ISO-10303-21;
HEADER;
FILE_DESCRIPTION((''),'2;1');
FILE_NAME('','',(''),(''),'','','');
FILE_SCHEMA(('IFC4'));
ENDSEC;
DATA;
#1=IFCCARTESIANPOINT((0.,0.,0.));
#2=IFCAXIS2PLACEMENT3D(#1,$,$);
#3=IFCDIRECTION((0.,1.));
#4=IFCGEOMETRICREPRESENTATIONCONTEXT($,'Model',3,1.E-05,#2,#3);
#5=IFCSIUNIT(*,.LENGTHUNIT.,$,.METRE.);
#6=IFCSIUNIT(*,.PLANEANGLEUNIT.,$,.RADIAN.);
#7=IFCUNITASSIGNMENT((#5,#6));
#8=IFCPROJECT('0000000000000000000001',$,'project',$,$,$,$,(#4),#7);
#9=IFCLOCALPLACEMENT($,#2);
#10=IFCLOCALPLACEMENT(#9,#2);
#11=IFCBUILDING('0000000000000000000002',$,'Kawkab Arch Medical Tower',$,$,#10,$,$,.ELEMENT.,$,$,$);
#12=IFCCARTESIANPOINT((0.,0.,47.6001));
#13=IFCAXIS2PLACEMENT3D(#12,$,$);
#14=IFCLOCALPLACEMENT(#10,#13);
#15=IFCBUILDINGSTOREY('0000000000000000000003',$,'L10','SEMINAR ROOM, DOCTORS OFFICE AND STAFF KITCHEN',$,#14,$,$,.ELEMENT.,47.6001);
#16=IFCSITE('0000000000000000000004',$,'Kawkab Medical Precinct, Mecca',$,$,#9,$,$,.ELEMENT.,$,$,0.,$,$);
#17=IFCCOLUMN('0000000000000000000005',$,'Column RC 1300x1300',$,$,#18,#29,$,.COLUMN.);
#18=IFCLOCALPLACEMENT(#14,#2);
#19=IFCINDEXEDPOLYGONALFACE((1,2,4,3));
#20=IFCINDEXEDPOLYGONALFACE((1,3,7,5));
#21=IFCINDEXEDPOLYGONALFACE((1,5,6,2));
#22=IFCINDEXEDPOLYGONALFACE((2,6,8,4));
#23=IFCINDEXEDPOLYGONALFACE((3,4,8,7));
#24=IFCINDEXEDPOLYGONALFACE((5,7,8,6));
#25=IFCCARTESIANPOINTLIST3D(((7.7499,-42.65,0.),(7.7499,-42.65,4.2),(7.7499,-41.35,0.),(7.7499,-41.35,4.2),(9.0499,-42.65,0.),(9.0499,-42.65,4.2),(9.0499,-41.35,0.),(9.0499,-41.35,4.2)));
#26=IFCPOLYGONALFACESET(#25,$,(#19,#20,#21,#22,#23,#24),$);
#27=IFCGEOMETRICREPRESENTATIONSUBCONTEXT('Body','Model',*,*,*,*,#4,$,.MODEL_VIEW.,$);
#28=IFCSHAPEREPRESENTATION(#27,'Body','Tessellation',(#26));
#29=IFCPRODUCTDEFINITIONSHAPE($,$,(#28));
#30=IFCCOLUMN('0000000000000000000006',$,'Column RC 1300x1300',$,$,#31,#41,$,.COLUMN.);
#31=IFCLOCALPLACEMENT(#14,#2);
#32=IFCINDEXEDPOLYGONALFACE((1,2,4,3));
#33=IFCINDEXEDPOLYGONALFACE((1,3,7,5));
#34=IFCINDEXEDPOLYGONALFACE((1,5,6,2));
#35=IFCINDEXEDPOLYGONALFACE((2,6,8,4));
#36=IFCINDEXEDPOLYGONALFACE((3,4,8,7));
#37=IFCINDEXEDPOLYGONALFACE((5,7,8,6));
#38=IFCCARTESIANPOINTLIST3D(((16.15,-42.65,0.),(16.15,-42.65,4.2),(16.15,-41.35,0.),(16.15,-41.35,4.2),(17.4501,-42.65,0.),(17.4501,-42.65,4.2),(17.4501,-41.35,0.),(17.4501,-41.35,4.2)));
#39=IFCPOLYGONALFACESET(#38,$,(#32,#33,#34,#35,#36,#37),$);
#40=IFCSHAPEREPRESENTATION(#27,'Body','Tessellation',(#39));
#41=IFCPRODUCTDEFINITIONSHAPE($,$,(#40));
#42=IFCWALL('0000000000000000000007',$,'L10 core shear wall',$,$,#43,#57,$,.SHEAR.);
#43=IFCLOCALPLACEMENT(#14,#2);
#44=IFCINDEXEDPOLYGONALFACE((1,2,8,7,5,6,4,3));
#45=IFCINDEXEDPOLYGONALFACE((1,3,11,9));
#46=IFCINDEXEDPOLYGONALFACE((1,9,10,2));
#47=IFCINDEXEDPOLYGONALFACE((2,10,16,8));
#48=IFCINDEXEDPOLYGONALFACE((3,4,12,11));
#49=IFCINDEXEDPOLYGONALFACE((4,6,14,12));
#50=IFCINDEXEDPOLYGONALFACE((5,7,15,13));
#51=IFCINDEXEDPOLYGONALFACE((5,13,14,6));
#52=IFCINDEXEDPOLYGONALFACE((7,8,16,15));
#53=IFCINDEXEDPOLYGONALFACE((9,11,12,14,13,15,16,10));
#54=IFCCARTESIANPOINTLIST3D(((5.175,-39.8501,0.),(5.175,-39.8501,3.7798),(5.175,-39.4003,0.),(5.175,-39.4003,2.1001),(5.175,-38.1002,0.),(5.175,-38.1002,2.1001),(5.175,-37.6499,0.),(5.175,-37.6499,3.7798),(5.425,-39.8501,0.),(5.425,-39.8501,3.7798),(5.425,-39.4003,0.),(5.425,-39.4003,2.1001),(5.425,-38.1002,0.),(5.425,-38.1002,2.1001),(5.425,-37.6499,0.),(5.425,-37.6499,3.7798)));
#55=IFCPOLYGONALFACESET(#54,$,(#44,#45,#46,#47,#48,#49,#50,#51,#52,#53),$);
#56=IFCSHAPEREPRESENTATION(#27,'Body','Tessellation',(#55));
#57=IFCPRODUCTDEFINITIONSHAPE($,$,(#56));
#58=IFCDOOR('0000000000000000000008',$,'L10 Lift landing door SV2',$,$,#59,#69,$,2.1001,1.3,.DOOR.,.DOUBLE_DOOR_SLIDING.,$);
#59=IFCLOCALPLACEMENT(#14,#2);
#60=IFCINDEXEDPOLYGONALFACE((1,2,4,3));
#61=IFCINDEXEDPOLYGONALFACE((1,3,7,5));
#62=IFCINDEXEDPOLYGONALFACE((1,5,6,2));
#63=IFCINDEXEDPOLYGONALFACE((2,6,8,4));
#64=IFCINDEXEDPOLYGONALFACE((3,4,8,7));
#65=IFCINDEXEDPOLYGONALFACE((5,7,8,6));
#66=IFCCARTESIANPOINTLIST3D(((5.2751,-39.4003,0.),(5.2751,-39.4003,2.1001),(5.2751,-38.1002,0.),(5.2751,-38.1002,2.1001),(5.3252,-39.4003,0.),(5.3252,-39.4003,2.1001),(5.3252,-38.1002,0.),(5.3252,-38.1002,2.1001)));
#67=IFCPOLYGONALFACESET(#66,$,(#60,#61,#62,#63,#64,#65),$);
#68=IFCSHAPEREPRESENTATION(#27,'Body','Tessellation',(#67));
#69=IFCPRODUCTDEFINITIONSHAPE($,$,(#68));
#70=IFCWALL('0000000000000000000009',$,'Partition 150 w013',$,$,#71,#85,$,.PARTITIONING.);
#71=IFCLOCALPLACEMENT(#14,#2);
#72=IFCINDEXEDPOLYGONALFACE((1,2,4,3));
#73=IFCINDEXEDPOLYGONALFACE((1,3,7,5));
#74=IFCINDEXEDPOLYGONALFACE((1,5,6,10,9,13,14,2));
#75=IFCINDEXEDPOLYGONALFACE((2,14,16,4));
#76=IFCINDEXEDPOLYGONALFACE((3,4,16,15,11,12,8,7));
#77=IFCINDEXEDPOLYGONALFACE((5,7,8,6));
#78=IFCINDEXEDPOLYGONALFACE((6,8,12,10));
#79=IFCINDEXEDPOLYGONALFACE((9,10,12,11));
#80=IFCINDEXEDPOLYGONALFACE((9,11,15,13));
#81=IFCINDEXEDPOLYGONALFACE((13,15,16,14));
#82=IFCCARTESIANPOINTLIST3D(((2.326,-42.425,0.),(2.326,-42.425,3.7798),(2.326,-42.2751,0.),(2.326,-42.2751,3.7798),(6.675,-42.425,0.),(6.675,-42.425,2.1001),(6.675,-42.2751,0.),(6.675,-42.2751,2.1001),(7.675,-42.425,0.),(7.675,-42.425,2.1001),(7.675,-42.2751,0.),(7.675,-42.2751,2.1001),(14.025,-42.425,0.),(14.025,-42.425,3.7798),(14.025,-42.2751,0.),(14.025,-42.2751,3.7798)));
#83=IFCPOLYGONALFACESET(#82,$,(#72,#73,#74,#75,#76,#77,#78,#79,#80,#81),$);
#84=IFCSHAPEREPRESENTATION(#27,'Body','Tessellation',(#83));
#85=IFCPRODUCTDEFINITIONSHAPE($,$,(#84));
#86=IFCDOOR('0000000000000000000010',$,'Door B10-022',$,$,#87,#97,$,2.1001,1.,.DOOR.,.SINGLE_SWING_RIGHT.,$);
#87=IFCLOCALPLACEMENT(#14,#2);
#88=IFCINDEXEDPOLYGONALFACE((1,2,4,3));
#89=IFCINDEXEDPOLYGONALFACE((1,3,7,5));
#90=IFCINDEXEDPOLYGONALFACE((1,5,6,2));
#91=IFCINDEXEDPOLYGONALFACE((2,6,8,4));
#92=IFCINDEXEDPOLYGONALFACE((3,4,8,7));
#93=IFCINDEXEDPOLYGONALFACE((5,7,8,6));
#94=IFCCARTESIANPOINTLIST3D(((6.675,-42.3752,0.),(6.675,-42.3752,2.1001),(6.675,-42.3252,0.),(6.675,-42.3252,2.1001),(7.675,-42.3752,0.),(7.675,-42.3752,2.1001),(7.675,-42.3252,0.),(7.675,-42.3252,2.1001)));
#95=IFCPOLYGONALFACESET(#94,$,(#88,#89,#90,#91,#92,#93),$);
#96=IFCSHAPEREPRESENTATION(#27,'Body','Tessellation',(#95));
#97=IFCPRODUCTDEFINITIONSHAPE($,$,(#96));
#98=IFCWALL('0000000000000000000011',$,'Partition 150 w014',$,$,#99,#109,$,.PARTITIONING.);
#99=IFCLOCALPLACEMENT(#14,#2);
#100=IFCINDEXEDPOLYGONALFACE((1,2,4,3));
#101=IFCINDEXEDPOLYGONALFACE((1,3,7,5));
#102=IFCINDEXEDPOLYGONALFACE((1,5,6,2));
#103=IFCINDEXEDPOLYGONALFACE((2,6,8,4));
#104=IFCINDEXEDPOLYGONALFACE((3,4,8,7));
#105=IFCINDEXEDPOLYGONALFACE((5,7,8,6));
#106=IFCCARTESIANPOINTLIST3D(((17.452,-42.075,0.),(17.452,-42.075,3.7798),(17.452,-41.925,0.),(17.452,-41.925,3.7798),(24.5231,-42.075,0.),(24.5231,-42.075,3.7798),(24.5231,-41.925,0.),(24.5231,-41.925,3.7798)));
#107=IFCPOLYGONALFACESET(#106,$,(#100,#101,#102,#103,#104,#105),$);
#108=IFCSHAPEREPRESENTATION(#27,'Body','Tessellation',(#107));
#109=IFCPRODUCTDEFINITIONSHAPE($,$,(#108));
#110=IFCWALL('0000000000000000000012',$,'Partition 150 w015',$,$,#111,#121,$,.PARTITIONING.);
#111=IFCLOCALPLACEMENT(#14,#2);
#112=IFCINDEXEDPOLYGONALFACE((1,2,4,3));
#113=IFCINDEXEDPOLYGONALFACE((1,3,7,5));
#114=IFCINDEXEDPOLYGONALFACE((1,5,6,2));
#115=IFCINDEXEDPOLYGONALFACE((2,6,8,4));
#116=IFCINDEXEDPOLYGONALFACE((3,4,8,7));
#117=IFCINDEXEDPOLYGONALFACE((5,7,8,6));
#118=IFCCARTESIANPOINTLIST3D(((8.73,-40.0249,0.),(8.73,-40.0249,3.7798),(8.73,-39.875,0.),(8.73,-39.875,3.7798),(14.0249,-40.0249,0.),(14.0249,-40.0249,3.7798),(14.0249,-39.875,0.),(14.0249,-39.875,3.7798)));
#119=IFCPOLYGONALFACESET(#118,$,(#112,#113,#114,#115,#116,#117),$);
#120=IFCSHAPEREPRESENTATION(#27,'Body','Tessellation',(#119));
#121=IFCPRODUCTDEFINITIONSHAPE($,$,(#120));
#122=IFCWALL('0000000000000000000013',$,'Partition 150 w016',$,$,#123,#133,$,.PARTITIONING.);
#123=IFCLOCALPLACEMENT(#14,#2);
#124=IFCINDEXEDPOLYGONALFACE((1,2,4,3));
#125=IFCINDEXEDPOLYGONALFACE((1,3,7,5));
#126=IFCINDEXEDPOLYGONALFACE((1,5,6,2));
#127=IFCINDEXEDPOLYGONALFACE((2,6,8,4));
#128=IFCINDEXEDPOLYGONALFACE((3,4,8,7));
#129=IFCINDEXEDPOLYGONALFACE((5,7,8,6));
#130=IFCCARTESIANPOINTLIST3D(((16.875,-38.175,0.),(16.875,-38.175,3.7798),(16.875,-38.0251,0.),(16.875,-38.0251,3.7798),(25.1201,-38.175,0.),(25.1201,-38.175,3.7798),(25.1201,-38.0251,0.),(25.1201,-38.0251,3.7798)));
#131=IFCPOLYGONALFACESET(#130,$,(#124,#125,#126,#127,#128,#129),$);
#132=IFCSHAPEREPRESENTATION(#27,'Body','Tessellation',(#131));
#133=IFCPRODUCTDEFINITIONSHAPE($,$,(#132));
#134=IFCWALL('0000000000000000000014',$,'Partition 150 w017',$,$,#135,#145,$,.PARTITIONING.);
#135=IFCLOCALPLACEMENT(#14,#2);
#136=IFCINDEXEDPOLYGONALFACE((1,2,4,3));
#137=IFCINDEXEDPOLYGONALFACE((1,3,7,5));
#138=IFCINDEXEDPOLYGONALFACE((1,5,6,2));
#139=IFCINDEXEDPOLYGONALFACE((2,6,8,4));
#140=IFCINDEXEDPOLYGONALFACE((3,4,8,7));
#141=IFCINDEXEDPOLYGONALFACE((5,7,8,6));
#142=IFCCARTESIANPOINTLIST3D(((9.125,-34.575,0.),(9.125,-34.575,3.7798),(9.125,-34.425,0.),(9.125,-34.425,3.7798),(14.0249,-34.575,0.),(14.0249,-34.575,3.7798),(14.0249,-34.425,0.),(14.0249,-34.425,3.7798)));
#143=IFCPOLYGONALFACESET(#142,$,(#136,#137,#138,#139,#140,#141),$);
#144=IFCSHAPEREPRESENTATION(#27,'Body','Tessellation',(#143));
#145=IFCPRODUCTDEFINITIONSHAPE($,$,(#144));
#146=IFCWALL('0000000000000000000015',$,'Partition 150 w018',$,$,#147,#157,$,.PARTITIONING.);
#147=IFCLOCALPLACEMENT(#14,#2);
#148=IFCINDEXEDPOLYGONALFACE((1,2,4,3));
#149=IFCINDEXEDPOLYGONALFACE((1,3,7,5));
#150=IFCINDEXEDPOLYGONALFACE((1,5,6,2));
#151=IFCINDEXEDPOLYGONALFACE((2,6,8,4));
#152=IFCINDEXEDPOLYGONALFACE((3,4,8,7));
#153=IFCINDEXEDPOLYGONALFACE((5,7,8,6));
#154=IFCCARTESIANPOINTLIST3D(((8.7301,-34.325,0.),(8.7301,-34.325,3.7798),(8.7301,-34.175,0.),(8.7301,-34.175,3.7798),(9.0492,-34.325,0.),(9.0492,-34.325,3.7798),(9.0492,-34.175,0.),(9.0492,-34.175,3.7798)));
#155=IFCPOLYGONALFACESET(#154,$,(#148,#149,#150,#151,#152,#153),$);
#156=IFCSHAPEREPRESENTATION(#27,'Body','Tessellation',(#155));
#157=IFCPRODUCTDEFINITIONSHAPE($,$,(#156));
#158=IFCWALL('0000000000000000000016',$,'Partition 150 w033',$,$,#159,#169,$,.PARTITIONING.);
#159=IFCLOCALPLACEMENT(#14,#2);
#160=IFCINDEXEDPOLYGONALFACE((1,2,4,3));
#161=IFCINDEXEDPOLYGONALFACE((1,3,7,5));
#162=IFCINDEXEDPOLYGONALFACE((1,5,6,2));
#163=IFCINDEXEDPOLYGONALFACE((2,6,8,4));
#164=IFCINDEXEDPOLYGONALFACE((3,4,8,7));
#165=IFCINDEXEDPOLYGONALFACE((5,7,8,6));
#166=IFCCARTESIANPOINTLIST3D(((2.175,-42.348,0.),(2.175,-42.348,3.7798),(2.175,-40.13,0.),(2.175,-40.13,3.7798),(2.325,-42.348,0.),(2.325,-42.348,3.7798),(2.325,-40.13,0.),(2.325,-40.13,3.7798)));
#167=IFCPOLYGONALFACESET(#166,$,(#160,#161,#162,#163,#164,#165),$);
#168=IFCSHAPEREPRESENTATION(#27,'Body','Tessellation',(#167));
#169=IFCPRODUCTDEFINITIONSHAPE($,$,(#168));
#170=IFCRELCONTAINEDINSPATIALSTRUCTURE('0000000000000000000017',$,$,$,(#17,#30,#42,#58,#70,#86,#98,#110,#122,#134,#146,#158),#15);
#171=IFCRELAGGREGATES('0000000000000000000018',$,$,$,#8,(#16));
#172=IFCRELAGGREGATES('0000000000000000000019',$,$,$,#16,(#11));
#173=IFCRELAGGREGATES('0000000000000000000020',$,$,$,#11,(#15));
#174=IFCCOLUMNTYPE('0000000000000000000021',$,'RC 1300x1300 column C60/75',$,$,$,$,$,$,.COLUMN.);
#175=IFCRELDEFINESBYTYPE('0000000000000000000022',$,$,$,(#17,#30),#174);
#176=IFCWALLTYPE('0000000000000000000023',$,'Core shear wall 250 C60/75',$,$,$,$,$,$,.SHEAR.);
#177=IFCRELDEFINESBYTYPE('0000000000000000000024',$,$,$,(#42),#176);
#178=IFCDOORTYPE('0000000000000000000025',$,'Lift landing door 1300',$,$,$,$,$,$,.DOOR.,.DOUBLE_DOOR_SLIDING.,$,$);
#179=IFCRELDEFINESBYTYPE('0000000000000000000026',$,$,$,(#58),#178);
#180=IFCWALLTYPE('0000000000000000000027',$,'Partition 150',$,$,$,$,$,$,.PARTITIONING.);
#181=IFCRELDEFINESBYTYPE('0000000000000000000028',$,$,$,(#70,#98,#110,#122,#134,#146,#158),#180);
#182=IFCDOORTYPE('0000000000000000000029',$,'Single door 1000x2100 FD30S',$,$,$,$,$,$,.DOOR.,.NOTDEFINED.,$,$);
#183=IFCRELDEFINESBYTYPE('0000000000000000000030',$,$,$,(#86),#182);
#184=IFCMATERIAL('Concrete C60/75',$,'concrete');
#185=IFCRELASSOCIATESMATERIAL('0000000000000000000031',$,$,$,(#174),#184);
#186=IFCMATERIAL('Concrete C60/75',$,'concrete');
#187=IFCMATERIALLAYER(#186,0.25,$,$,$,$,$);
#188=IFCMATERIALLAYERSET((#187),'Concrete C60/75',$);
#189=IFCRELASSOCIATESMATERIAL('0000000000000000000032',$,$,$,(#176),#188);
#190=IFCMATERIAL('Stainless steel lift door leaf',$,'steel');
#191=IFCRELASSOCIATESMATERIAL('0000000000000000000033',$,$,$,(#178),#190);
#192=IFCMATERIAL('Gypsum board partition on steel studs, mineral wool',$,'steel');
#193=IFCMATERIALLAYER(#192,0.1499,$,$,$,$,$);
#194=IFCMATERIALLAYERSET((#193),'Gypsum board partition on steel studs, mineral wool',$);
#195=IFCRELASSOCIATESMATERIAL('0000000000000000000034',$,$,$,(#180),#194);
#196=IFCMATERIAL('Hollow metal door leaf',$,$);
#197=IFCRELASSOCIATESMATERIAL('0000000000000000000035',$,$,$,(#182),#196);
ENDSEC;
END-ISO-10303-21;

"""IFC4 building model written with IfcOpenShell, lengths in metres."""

from ifc_helpers import new_model, si_unit, direction, frame, frame_2d, origin, origin_2d, place, context, subcontext, project, spatial, rectangle, extrude, material, layer, layer_set, material_profile, profile_set, type_object, element, fill, save


model = new_model("IFC4")

# Units and contexts
model_context = context("Model", 3, precision=1e-05, world=origin(), true_north=direction((0.0, 1.0)))
body_context = subcontext(model_context, "Body", "Model", "MODEL_VIEW")
ifc_project = project(units=[si_unit("LENGTHUNIT", "METRE"), si_unit("PLANEANGLEUNIT", "RADIAN")], contexts=[model_context])

# Site, building, storey
site_placement = place(None, origin())
site = spatial("IfcSite", under=ifc_project, at=site_placement, Name="Kawkab Medical Precinct, Mecca", CompositionType="ELEMENT", RefElevation=0.0)
building_placement = place(site_placement, origin())
building = spatial("IfcBuilding", under=site, at=building_placement, Name="Kawkab Arch Medical Tower", CompositionType="ELEMENT")
storey_placement = place(building_placement, frame((0.0, 0.0, 47.6001)))
storey = spatial("IfcBuildingStorey", under=building, at=storey_placement, Name="L10", Description="SEMINAR ROOM, DOCTORS OFFICE AND STAFF KITCHEN", CompositionType="ELEMENT", Elevation=47.6001)

# Columns
ifc_material_1 = material(Name="Concrete C60/75", Category="concrete")
ifc_material_profile = material_profile(ifc_material_1, rectangle(XDim=1.3, YDim=1.3, at=origin_2d()), Name="RC 1300x1300")
ifc_profile_set = profile_set([ifc_material_profile], Name="Concrete C60/75")
column_type = type_object("IfcColumnType", Name="RC 1300x1300 column C60/75", PredefinedType="COLUMN", material=ifc_profile_set)
for number, where, z_axis, x_axis, name in (
    (1, (8.3999, -42.0, 0.0), (0.0, 0.0, 1.0), (1.0, 0.0, 0.0), "Column RC 1300x1300"),
    (2, (16.8, -42.0, 0.0), (0.0, 0.0, 1.0), (1.0, 0.0, 0.0), "Column RC 1300x1300"),
):
    element("IfcColumn", number, at=place(storey_placement, frame(where, z_axis=z_axis, x_axis=x_axis)), inside=storey, type_object=column_type, Name=name, PredefinedType="COLUMN", context=body_context, shape_type="SweptSolid", body=[
        extrude(rectangle(XDim=1.3, YDim=1.3, at=origin_2d()), origin(), (0.0, 0.0, 1.0), 4.2),
    ])

# Walls, openings, doors
ifc_material_2 = material(Name="Concrete C60/75", Category="concrete")
ifc_layer_1 = layer(ifc_material_2, 0.25)
ifc_layer_set_1 = layer_set([ifc_layer_1], Name="Concrete C60/75")
wall_type_1 = type_object("IfcWallType", Name="Core shear wall 250 C60/75", PredefinedType="SHEAR", material=ifc_layer_set_1)
wall_1_placement = place(storey_placement, frame((5.3, -39.8501, 0.0), z_axis=(0.0, 0.0, 1.0), x_axis=(0.0, 1.0, 0.0)))
wall_1 = element("IfcWall", 3, at=wall_1_placement, inside=storey, type_object=wall_type_1, Name="L10 core shear wall", PredefinedType="SHEAR", context=body_context, shape_type="SweptSolid", body=[
    extrude(rectangle(XDim=2.2002, YDim=0.25, at=frame_2d((1.1001, 0.0))), origin(), (0.0, 0.0, 1.0), 3.7798),
])
opening_1_placement = place(wall_1_placement, frame((0.45, 0.0, 0.0)))
opening_1 = element("IfcOpeningElement", 4, at=opening_1_placement, cuts=wall_1, PredefinedType="OPENING", context=body_context, shape_type="SweptSolid", body=[
    extrude(rectangle(XDim=1.3, YDim=2.1001, at=frame_2d((0.6499, 1.05))), frame((0.0, 0.135, 0.0), z_axis=(0.0, -1.0, 0.0), x_axis=(1.0, 0.0, 0.0)), (0.0, 0.0, 1.0), 0.27),
])
ifc_material_3 = material(Name="Stainless steel lift door leaf", Category="steel")
door_type_1 = type_object("IfcDoorType", Name="Lift landing door 1300", OperationType="DOUBLE_DOOR_SLIDING", PredefinedType="DOOR", material=ifc_material_3)
door_1_placement = place(opening_1_placement, origin())
door_1 = element("IfcDoor", 5, at=door_1_placement, inside=storey, type_object=door_type_1, Name="L10 Lift landing door SV2", OperationType="DOUBLE_DOOR_SLIDING", OverallHeight=2.1001, OverallWidth=1.3, PredefinedType="DOOR", context=body_context, shape_type="SweptSolid", body=[
    extrude(rectangle(XDim=1.3, YDim=2.1001, at=frame_2d((0.6499, 1.05))), frame((0.0, 0.0249, 0.0), z_axis=(0.0, -1.0, 0.0), x_axis=(1.0, 0.0, 0.0)), (0.0, 0.0, 1.0), 0.05),
])
fill(opening_1, door_1)
ifc_material_4 = material(Name="Gypsum board partition on steel studs, mineral wool", Category="steel")
ifc_layer_2 = layer(ifc_material_4, 0.1499)
ifc_layer_set_2 = layer_set([ifc_layer_2], Name="Gypsum board partition on steel studs, mineral wool")
wall_type_2 = type_object("IfcWallType", Name="Partition 150", PredefinedType="PARTITIONING", material=ifc_layer_set_2)
wall_2_placement = place(storey_placement, frame((2.3259, -42.3501, 0.0), z_axis=(0.0, 0.0, 1.0), x_axis=(1.0, 0.0, 0.0)))
wall_2 = element("IfcWall", 6, at=wall_2_placement, inside=storey, type_object=wall_type_2, Name="Partition 150 w013", PredefinedType="PARTITIONING", context=body_context, shape_type="SweptSolid", body=[
    extrude(rectangle(XDim=11.699, YDim=0.1499, at=frame_2d((5.8496, 0.0))), origin(), (0.0, 0.0, 1.0), 3.7798),
])
opening_2_placement = place(wall_2_placement, frame((4.3491, 0.0, 0.0)))
opening_2 = element("IfcOpeningElement", 7, at=opening_2_placement, cuts=wall_2, PredefinedType="OPENING", context=body_context, shape_type="SweptSolid", body=[
    extrude(rectangle(XDim=1.0, YDim=2.1001, at=frame_2d((0.5, 1.05))), frame((0.0, 0.085, 0.0), z_axis=(0.0, -1.0, 0.0), x_axis=(1.0, 0.0, 0.0)), (0.0, 0.0, 1.0), 0.1699),
])
ifc_material_5 = material(Name="Hollow metal door leaf")
door_type_2 = type_object("IfcDoorType", Name="Single door 1000x2100 FD30S", OperationType="NOTDEFINED", PredefinedType="DOOR", material=ifc_material_5)
door_2_placement = place(opening_2_placement, origin())
door_2 = element("IfcDoor", 8, at=door_2_placement, inside=storey, type_object=door_type_2, Name="Door B10-022", OperationType="SINGLE_SWING_RIGHT", OverallHeight=2.1001, OverallWidth=1.0, PredefinedType="DOOR", context=body_context, shape_type="SweptSolid", body=[
    extrude(rectangle(XDim=1.0, YDim=2.1001, at=frame_2d((0.5, 1.05))), frame((0.0, 0.0249, 0.0), z_axis=(0.0, -1.0, 0.0), x_axis=(1.0, 0.0, 0.0)), (0.0, 0.0, 1.0), 0.05),
])
fill(opening_2, door_2)

# Walls
wall_3_placement = place(storey_placement, frame((17.4519, -42.0, 0.0), z_axis=(0.0, 0.0, 1.0), x_axis=(1.0, 0.0, 0.0)))
element("IfcWall", 9, at=wall_3_placement, inside=storey, type_object=wall_type_2, Name="Partition 150 w014", PredefinedType="PARTITIONING", context=body_context, shape_type="SweptSolid", body=[
    extrude(rectangle(XDim=7.071, YDim=0.1499, at=frame_2d((3.5356, 0.0))), origin(), (0.0, 0.0, 1.0), 3.7798),
])
wall_4_placement = place(storey_placement, frame((8.73, -39.95, 0.0), z_axis=(0.0, 0.0, 1.0), x_axis=(1.0, 0.0, 0.0)))
element("IfcWall", 10, at=wall_4_placement, inside=storey, type_object=wall_type_2, Name="Partition 150 w015", PredefinedType="PARTITIONING", context=body_context, shape_type="SweptSolid", body=[
    extrude(rectangle(XDim=5.2949, YDim=0.1499, at=frame_2d((2.6475, 0.0))), origin(), (0.0, 0.0, 1.0), 3.7798),
])
wall_5_placement = place(storey_placement, frame((16.875, -38.1001, 0.0), z_axis=(0.0, 0.0, 1.0), x_axis=(1.0, 0.0, 0.0)))
element("IfcWall", 11, at=wall_5_placement, inside=storey, type_object=wall_type_2, Name="Partition 150 w016", PredefinedType="PARTITIONING", context=body_context, shape_type="SweptSolid", body=[
    extrude(rectangle(XDim=8.2451, YDim=0.1499, at=frame_2d((4.1226, 0.0))), origin(), (0.0, 0.0, 1.0), 3.7798),
])
wall_6_placement = place(storey_placement, frame((9.125, -34.5, 0.0), z_axis=(0.0, 0.0, 1.0), x_axis=(1.0, 0.0, 0.0)))
element("IfcWall", 12, at=wall_6_placement, inside=storey, type_object=wall_type_2, Name="Partition 150 w017", PredefinedType="PARTITIONING", context=body_context, shape_type="SweptSolid", body=[
    extrude(rectangle(XDim=4.8999, YDim=0.1499, at=frame_2d((2.45, 0.0))), origin(), (0.0, 0.0, 1.0), 3.7798),
])
wall_7_placement = place(storey_placement, frame((8.73, -34.25, 0.0), z_axis=(0.0, 0.0, 1.0), x_axis=(1.0, 0.0, 0.0)))
element("IfcWall", 13, at=wall_7_placement, inside=storey, type_object=wall_type_2, Name="Partition 150 w018", PredefinedType="PARTITIONING", context=body_context, shape_type="SweptSolid", body=[
    extrude(rectangle(XDim=0.3191, YDim=0.1499, at=frame_2d((0.1597, 0.0))), origin(), (0.0, 0.0, 1.0), 3.7798),
])
wall_8_placement = place(storey_placement, frame((2.25, -42.3479, 0.0), z_axis=(0.0, 0.0, 1.0), x_axis=(0.0, 1.0, 0.0)))
element("IfcWall", 14, at=wall_8_placement, inside=storey, type_object=wall_type_2, Name="Partition 150 w033", PredefinedType="PARTITIONING", context=body_context, shape_type="SweptSolid", body=[
    extrude(rectangle(XDim=2.218, YDim=0.1499, at=frame_2d((1.1089, 0.0))), origin(), (0.0, 0.0, 1.0), 3.7798),
])

save(model, "model.ifc")
